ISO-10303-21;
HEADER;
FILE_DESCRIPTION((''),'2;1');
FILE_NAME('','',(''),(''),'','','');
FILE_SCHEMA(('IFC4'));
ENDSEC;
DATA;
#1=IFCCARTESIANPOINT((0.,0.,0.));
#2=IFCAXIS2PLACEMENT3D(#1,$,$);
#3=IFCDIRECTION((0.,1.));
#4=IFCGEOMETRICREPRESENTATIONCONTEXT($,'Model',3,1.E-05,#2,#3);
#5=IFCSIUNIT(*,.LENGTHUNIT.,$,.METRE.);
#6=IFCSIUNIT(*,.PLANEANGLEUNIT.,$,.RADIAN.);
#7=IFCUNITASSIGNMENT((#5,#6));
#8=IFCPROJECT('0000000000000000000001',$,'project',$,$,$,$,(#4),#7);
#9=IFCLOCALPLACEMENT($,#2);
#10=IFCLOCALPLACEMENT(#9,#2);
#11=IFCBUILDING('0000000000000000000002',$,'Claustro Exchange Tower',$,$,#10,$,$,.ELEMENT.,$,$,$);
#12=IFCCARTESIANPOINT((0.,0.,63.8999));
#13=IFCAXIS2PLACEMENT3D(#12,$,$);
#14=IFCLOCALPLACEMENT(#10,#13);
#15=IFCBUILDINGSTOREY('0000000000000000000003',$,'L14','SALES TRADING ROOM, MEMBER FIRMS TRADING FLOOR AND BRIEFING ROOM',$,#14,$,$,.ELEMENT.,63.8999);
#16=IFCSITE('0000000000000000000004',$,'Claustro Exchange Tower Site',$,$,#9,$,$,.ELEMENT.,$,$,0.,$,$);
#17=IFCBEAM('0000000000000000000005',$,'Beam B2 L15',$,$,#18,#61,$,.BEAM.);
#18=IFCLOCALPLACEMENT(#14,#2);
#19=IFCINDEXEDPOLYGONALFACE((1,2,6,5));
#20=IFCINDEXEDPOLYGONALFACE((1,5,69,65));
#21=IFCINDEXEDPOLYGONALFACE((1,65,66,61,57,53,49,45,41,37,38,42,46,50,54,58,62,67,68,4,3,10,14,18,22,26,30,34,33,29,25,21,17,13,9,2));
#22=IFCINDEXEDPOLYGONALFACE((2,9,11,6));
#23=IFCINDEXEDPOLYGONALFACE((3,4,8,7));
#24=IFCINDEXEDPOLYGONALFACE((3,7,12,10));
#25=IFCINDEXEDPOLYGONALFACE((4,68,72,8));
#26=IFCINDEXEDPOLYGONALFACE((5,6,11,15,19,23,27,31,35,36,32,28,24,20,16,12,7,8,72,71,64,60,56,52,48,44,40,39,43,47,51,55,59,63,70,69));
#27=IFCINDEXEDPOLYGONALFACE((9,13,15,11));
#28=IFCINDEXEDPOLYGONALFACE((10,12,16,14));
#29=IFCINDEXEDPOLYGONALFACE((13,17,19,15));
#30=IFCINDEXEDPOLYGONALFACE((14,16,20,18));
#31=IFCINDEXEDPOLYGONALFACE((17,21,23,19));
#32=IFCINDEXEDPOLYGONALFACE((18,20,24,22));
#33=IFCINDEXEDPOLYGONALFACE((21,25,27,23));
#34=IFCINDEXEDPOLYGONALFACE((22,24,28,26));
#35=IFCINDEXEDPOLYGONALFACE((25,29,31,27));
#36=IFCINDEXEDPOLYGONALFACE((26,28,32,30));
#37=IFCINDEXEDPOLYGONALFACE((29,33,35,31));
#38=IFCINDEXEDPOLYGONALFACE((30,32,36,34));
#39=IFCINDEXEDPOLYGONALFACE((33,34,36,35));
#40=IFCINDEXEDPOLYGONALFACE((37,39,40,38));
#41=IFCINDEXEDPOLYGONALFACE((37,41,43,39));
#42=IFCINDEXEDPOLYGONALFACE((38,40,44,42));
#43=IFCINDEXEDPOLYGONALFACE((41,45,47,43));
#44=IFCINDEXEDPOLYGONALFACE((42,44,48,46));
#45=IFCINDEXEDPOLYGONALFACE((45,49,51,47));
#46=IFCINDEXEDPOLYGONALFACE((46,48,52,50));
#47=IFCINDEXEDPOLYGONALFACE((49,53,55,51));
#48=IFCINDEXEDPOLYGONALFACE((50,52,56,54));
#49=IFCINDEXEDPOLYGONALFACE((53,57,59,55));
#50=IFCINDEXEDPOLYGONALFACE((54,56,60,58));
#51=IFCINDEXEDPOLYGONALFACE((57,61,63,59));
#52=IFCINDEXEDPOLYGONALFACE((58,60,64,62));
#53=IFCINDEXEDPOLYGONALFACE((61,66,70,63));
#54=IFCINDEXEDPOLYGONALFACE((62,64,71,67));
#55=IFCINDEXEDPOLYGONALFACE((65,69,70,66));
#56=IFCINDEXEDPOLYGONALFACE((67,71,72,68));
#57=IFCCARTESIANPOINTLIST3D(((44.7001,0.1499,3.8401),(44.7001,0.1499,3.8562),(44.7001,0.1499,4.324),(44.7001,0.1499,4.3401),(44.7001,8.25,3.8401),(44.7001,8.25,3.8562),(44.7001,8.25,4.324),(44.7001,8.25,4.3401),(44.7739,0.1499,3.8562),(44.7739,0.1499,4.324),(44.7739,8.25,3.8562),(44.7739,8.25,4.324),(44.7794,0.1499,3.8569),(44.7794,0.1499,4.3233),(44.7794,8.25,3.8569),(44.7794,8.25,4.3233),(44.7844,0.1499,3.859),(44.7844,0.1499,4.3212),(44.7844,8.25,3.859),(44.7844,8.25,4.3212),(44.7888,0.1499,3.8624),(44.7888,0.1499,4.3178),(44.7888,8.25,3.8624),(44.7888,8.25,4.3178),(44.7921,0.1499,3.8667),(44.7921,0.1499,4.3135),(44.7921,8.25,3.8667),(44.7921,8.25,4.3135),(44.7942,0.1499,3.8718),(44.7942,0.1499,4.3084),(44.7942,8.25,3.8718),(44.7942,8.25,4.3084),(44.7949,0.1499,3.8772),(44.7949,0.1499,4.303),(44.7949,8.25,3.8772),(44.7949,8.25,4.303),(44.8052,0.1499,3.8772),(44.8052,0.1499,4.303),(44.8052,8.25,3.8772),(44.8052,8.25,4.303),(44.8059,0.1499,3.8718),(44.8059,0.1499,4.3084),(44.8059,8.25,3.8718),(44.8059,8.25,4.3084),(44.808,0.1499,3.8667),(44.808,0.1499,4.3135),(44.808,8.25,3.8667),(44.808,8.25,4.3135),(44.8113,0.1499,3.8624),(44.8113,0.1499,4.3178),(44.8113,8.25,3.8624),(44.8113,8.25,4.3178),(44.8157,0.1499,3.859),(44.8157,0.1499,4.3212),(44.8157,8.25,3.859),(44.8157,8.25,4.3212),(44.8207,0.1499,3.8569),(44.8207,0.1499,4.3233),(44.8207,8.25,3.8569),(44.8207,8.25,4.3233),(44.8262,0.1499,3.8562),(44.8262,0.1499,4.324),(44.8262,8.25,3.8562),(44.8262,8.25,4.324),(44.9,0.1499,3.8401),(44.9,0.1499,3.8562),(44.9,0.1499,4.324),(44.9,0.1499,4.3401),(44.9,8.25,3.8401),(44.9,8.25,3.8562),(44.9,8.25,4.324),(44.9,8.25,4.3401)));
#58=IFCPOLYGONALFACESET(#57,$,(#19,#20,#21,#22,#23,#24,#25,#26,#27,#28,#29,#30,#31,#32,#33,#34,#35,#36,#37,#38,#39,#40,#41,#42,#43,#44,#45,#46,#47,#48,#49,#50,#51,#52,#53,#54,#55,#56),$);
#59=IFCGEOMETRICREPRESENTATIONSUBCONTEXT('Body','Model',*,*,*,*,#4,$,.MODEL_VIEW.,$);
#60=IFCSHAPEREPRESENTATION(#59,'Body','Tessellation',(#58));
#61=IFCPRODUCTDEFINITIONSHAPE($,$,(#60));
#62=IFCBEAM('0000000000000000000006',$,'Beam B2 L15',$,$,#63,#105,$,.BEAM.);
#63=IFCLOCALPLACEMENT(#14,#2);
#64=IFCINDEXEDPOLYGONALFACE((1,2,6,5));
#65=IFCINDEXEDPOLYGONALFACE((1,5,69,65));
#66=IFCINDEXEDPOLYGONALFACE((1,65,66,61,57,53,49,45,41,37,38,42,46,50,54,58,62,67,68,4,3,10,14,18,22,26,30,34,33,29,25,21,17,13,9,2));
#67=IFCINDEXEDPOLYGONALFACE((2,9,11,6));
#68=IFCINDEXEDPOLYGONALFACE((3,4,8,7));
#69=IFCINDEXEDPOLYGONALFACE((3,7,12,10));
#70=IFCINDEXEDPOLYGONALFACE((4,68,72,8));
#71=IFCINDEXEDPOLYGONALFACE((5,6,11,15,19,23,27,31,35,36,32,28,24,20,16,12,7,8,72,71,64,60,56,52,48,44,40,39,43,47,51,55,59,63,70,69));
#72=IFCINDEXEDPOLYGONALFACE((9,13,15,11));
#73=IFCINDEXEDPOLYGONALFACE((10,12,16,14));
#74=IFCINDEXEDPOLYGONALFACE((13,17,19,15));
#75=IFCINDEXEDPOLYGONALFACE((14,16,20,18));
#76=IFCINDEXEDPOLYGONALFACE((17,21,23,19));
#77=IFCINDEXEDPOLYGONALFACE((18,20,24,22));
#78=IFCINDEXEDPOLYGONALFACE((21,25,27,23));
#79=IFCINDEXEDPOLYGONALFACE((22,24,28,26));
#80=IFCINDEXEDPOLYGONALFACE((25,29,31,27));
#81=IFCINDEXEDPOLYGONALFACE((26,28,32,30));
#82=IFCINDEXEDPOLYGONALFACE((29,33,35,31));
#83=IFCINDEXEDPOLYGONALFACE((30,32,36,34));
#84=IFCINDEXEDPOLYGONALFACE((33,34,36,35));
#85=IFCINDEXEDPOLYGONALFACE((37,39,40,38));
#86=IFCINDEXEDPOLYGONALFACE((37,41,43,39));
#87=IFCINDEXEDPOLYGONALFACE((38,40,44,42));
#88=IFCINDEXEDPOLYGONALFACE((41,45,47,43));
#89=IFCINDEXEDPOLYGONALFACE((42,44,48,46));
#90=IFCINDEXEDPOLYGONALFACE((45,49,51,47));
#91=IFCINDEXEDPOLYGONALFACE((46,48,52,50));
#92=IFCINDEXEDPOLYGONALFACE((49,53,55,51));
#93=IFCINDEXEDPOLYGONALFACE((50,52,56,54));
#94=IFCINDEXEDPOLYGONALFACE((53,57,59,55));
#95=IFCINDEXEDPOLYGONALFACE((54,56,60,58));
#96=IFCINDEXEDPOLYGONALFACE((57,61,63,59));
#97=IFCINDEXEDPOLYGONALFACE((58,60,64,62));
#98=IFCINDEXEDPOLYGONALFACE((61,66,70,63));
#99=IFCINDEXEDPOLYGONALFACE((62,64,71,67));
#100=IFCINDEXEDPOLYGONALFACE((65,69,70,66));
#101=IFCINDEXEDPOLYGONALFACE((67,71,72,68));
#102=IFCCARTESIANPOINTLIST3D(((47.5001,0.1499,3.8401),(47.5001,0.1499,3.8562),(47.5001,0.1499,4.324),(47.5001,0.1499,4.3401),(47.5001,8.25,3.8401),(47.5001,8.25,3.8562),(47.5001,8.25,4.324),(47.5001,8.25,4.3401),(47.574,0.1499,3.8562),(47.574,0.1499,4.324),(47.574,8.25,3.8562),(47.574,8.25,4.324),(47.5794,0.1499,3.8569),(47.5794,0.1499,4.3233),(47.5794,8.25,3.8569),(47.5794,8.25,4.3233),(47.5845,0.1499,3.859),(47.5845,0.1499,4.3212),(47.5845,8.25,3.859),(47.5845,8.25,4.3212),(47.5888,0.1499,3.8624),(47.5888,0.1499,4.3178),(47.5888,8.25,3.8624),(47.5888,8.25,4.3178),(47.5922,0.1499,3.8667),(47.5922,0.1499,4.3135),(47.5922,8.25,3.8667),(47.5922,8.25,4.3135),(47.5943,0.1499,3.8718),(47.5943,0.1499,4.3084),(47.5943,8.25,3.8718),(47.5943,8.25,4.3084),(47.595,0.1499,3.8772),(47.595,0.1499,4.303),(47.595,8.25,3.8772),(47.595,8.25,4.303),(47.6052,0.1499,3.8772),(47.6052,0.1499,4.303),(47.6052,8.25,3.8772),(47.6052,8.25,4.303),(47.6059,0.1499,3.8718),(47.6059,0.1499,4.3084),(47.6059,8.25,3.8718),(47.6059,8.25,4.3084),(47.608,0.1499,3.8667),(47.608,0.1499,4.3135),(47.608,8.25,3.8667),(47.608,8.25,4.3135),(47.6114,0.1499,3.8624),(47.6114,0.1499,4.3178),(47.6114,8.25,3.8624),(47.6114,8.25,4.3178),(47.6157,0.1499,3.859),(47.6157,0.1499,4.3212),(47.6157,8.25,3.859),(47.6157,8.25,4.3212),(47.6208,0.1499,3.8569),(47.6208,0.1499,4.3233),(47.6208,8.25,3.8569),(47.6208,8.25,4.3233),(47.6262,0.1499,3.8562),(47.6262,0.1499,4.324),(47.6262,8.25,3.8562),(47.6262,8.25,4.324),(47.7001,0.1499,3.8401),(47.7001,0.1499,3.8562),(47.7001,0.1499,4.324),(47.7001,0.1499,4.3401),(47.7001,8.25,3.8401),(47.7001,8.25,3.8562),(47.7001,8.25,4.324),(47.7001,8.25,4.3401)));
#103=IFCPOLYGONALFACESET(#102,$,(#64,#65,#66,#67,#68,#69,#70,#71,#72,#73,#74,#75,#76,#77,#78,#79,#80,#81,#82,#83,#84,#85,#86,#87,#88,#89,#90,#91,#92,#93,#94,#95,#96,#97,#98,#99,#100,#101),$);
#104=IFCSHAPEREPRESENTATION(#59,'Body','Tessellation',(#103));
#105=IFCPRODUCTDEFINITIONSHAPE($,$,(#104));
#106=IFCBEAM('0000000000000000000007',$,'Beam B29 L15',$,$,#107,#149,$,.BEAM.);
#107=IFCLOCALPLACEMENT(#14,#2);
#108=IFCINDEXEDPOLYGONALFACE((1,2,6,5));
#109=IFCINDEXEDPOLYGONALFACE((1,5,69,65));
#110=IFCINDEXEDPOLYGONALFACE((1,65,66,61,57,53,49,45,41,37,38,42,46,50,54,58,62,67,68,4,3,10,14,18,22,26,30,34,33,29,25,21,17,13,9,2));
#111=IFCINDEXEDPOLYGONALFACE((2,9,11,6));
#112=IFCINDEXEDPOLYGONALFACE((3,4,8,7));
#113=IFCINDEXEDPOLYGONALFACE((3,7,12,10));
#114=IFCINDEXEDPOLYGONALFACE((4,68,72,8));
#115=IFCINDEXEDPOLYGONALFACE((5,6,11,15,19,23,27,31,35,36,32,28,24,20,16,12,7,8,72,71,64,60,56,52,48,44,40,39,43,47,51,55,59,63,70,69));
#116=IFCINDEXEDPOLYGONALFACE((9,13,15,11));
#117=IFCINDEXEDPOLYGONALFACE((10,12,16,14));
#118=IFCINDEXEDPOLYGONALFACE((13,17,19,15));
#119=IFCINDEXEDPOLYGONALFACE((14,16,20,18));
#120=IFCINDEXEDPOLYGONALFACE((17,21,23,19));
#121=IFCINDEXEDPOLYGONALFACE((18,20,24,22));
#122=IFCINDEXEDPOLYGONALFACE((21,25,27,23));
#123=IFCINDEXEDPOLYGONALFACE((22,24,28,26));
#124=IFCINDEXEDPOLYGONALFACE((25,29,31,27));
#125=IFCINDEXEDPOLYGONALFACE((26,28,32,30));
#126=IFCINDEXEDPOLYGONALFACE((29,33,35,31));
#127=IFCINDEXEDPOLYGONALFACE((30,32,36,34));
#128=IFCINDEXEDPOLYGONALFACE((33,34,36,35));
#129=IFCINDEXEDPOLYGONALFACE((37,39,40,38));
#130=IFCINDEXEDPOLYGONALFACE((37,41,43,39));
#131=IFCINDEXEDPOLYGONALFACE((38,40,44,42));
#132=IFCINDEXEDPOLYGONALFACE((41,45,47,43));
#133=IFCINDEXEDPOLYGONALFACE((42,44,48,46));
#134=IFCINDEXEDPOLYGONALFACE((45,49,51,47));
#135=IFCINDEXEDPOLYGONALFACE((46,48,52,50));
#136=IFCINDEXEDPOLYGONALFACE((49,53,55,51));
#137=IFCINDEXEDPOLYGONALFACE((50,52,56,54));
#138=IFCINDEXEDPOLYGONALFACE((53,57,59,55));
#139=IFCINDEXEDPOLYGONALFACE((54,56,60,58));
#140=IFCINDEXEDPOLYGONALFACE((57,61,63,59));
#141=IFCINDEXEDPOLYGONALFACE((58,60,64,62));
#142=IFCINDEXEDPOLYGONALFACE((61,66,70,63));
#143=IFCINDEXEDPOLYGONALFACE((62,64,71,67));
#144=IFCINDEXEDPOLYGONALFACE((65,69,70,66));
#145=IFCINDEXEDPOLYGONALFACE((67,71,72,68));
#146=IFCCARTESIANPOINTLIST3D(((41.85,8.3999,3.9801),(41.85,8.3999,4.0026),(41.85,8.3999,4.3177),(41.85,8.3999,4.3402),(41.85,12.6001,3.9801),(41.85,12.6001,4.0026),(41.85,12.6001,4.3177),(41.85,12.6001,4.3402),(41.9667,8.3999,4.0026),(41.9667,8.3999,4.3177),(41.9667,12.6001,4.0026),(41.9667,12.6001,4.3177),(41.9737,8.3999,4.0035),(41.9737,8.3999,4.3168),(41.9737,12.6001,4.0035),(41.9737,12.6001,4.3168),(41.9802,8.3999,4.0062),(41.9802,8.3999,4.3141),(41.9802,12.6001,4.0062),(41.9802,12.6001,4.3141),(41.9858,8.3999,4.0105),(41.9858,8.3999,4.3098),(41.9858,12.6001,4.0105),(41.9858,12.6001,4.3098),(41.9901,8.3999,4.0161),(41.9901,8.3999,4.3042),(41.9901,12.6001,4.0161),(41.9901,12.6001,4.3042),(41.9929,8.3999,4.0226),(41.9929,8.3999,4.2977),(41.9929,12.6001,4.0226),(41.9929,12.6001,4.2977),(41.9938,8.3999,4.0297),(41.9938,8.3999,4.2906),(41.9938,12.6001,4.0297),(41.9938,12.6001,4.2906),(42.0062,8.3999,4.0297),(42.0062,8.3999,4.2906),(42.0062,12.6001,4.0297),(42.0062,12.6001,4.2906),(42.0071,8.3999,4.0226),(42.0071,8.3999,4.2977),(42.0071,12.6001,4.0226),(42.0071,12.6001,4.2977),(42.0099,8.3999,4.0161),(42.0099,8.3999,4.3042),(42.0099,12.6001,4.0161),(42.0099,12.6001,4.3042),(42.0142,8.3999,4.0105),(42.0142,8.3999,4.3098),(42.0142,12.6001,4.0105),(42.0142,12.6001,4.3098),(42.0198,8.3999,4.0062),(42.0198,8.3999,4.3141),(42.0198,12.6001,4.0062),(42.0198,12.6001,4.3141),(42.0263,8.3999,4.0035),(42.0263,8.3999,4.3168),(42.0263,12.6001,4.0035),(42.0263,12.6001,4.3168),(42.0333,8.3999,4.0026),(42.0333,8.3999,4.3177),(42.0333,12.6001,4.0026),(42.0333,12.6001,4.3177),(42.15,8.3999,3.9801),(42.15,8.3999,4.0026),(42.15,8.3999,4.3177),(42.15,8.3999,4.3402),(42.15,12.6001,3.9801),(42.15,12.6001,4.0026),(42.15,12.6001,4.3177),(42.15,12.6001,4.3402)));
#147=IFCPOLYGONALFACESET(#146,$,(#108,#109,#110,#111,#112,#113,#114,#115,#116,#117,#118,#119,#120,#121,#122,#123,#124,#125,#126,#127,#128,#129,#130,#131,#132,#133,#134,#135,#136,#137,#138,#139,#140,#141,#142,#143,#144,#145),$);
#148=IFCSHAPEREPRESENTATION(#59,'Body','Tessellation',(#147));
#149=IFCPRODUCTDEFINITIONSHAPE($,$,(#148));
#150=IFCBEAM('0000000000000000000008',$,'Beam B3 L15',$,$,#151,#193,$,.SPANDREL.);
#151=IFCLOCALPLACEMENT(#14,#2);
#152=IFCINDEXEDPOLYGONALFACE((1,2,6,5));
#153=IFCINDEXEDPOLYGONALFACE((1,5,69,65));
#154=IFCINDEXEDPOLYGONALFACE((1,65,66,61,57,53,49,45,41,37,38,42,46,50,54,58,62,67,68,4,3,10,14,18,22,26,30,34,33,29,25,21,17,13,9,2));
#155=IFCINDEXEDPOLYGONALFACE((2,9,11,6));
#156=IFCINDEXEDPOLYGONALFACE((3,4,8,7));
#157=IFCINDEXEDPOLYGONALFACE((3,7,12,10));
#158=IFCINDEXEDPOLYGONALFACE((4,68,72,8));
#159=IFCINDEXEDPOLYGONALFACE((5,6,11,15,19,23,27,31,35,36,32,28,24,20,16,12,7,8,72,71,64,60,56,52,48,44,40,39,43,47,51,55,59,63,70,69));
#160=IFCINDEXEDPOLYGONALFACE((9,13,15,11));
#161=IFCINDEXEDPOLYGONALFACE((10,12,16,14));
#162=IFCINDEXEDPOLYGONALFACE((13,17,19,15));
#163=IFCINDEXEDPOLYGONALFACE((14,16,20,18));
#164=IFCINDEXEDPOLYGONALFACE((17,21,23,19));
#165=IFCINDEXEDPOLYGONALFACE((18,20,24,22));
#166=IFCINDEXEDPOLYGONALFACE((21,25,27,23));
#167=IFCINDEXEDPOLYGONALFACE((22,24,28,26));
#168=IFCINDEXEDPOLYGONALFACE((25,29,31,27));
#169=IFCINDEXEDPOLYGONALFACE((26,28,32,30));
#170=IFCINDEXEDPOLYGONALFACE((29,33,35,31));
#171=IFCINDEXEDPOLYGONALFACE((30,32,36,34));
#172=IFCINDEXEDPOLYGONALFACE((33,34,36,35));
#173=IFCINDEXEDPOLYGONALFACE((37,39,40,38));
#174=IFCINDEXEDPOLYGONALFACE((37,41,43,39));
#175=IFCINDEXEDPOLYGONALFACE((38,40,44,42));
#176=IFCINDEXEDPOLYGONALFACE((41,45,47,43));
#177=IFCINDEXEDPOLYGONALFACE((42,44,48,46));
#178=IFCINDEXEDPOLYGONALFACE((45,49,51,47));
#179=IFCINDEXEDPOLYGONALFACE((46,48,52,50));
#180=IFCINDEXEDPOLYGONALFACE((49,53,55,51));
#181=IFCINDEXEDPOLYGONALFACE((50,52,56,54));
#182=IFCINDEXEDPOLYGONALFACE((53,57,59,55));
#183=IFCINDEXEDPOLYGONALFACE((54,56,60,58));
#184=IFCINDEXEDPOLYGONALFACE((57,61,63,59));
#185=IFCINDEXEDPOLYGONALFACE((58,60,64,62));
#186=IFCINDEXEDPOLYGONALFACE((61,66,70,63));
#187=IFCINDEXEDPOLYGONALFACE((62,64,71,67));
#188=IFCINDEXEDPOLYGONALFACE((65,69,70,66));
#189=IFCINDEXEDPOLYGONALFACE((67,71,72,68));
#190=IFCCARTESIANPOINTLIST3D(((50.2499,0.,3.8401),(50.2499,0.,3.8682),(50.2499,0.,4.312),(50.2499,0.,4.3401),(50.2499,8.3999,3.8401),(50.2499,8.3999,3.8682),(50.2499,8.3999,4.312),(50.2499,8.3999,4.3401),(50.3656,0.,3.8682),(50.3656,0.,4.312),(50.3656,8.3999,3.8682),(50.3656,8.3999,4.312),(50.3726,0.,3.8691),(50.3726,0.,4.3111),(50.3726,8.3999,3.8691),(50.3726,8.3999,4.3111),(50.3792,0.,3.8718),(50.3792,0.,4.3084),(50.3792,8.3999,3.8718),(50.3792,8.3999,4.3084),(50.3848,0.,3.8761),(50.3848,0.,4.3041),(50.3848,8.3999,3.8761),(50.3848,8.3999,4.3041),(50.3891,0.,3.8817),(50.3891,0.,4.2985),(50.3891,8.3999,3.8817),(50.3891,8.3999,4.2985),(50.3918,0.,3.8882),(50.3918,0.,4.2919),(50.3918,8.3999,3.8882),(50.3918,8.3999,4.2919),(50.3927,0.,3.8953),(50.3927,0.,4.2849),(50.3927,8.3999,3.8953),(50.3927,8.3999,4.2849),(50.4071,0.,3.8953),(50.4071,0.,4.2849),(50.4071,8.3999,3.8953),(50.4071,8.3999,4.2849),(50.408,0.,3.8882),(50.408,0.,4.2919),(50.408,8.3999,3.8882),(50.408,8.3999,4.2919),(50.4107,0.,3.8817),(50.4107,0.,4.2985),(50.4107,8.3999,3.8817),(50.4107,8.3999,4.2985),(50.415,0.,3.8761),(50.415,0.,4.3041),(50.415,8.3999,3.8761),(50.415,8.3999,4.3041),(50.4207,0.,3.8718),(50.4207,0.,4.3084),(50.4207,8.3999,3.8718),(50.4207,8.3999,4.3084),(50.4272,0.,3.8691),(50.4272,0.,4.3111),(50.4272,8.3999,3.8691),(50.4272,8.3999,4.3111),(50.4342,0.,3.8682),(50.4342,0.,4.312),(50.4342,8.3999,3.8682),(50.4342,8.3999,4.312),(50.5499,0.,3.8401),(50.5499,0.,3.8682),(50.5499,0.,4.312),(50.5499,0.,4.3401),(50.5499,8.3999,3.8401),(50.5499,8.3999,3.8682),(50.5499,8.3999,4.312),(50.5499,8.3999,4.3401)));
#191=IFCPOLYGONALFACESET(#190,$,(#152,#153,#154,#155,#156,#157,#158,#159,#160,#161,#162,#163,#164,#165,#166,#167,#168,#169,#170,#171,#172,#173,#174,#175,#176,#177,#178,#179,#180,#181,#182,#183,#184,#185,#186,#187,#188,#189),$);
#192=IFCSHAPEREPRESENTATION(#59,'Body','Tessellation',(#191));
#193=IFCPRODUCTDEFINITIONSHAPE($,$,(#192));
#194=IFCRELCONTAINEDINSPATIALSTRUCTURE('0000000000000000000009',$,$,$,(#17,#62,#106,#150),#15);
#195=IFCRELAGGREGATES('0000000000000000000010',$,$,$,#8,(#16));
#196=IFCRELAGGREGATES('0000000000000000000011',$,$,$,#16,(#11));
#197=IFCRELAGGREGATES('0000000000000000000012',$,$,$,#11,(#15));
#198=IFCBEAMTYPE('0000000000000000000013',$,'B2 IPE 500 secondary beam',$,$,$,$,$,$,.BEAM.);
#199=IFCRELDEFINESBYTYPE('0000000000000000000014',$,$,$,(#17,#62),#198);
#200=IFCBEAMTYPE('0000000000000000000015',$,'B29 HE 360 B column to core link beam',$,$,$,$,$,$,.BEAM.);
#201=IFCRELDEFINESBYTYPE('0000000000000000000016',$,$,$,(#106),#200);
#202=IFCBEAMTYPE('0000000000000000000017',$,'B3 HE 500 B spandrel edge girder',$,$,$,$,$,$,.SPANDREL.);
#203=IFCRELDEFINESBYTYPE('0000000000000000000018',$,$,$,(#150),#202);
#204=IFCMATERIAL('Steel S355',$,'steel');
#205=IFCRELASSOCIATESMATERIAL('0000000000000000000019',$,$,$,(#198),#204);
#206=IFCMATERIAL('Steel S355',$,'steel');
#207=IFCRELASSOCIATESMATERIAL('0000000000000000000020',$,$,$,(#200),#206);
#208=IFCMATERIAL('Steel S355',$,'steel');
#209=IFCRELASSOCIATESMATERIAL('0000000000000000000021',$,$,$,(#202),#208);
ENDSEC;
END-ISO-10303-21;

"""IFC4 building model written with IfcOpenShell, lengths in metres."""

from ifc_helpers import new_model, si_unit, direction, frame, origin, origin_2d, place, context, subcontext, project, spatial, i_section, extrude, material, material_profile, profile_set, type_object, element, save


model = new_model("IFC4")

# Units and contexts
model_context = context("Model", 3, precision=1e-05, world=origin(), true_north=direction((0.0, 1.0)))
body_context = subcontext(model_context, "Body", "Model", "MODEL_VIEW")
ifc_project = project(units=[si_unit("LENGTHUNIT", "METRE"), si_unit("PLANEANGLEUNIT", "RADIAN")], contexts=[model_context])

# Site, building, storey
site_placement = place(None, origin())
site = spatial("IfcSite", under=ifc_project, at=site_placement, Name="Claustro Exchange Tower Site", CompositionType="ELEMENT", RefElevation=0.0)
building_placement = place(site_placement, origin())
building = spatial("IfcBuilding", under=site, at=building_placement, Name="Claustro Exchange Tower", CompositionType="ELEMENT")
storey_placement = place(building_placement, frame((0.0, 0.0, 63.8999)))
storey = spatial("IfcBuildingStorey", under=building, at=storey_placement, Name="L14", Description="SALES TRADING ROOM, MEMBER FIRMS TRADING FLOOR AND BRIEFING ROOM", CompositionType="ELEMENT", Elevation=63.8999)

# Beams
ifc_material_1 = material(Name="Steel S355", Category="steel")
ifc_material_profile_1 = material_profile(ifc_material_1, i_section(OverallWidth=0.2, OverallDepth=0.5, WebThickness=0.0103, FlangeThickness=0.0161, FilletRadius=0.021, at=origin_2d()), Name="IPE 500")
ifc_profile_set_1 = profile_set([ifc_material_profile_1], Name="Steel S355")
beam_type_1 = type_object("IfcBeamType", Name="B2 IPE 500 secondary beam", PredefinedType="BEAM", material=ifc_profile_set_1)
for number, where, z_axis, x_axis, name in (
    (1, (44.8, 0.1499, 4.0901), (0.0, 1.0, 0.0), (-1.0, 0.0, 0.0), "Beam B2 L15"),
    (2, (47.6001, 0.1499, 4.0901), (0.0, 1.0, 0.0), (-1.0, 0.0, 0.0), "Beam B2 L15"),
):
    element("IfcBeam", number, at=place(storey_placement, frame(where, z_axis=z_axis, x_axis=x_axis)), inside=storey, type_object=beam_type_1, Name=name, PredefinedType="BEAM", context=body_context, shape_type="SweptSolid", body=[
        extrude(i_section(OverallWidth=0.2, OverallDepth=0.5, WebThickness=0.0103, FlangeThickness=0.0161, FilletRadius=0.021, at=origin_2d()), origin(), (0.0, 0.0, 1.0), 8.1001),
    ])
ifc_material_2 = material(Name="Steel S355", Category="steel")
ifc_material_profile_2 = material_profile(ifc_material_2, i_section(OverallWidth=0.3, OverallDepth=0.3601, WebThickness=0.0125, FlangeThickness=0.0225, FilletRadius=0.0271, at=origin_2d()), Name="HE 360 B")
ifc_profile_set_2 = profile_set([ifc_material_profile_2], Name="Steel S355")
beam_type_2 = type_object("IfcBeamType", Name="B29 HE 360 B column to core link beam", PredefinedType="BEAM", material=ifc_profile_set_2)
beam_1_placement = place(storey_placement, frame((42.0, 8.3999, 4.1602), z_axis=(0.0, 1.0, 0.0), x_axis=(-1.0, 0.0, 0.0)))
element("IfcBeam", 3, at=beam_1_placement, inside=storey, type_object=beam_type_2, Name="Beam B29 L15", PredefinedType="BEAM", context=body_context, shape_type="SweptSolid", body=[
    extrude(i_section(OverallWidth=0.3, OverallDepth=0.3601, WebThickness=0.0125, FlangeThickness=0.0225, FilletRadius=0.0271, at=origin_2d()), origin(), (0.0, 0.0, 1.0), 4.2002),
])
ifc_material_3 = material(Name="Steel S355", Category="steel")
ifc_material_profile_3 = material_profile(ifc_material_3, i_section(OverallWidth=0.3, OverallDepth=0.5, WebThickness=0.0144, FlangeThickness=0.0281, FilletRadius=0.0271, at=origin_2d()), Name="HE 500 B")
ifc_profile_set_3 = profile_set([ifc_material_profile_3], Name="Steel S355")
beam_type_3 = type_object("IfcBeamType", Name="B3 HE 500 B spandrel edge girder", PredefinedType="SPANDREL", material=ifc_profile_set_3)
beam_2_placement = place(storey_placement, frame((50.3999, 0.0, 4.0901), z_axis=(0.0, 1.0, 0.0), x_axis=(-1.0, 0.0, 0.0)))
element("IfcBeam", 4, at=beam_2_placement, inside=storey, type_object=beam_type_3, Name="Beam B3 L15", PredefinedType="SPANDREL", context=body_context, shape_type="SweptSolid", body=[
    extrude(i_section(OverallWidth=0.3, OverallDepth=0.5, WebThickness=0.0144, FlangeThickness=0.0281, FilletRadius=0.0271, at=origin_2d()), origin(), (0.0, 0.0, 1.0), 8.3999),
])

save(model, "model.ifc")
